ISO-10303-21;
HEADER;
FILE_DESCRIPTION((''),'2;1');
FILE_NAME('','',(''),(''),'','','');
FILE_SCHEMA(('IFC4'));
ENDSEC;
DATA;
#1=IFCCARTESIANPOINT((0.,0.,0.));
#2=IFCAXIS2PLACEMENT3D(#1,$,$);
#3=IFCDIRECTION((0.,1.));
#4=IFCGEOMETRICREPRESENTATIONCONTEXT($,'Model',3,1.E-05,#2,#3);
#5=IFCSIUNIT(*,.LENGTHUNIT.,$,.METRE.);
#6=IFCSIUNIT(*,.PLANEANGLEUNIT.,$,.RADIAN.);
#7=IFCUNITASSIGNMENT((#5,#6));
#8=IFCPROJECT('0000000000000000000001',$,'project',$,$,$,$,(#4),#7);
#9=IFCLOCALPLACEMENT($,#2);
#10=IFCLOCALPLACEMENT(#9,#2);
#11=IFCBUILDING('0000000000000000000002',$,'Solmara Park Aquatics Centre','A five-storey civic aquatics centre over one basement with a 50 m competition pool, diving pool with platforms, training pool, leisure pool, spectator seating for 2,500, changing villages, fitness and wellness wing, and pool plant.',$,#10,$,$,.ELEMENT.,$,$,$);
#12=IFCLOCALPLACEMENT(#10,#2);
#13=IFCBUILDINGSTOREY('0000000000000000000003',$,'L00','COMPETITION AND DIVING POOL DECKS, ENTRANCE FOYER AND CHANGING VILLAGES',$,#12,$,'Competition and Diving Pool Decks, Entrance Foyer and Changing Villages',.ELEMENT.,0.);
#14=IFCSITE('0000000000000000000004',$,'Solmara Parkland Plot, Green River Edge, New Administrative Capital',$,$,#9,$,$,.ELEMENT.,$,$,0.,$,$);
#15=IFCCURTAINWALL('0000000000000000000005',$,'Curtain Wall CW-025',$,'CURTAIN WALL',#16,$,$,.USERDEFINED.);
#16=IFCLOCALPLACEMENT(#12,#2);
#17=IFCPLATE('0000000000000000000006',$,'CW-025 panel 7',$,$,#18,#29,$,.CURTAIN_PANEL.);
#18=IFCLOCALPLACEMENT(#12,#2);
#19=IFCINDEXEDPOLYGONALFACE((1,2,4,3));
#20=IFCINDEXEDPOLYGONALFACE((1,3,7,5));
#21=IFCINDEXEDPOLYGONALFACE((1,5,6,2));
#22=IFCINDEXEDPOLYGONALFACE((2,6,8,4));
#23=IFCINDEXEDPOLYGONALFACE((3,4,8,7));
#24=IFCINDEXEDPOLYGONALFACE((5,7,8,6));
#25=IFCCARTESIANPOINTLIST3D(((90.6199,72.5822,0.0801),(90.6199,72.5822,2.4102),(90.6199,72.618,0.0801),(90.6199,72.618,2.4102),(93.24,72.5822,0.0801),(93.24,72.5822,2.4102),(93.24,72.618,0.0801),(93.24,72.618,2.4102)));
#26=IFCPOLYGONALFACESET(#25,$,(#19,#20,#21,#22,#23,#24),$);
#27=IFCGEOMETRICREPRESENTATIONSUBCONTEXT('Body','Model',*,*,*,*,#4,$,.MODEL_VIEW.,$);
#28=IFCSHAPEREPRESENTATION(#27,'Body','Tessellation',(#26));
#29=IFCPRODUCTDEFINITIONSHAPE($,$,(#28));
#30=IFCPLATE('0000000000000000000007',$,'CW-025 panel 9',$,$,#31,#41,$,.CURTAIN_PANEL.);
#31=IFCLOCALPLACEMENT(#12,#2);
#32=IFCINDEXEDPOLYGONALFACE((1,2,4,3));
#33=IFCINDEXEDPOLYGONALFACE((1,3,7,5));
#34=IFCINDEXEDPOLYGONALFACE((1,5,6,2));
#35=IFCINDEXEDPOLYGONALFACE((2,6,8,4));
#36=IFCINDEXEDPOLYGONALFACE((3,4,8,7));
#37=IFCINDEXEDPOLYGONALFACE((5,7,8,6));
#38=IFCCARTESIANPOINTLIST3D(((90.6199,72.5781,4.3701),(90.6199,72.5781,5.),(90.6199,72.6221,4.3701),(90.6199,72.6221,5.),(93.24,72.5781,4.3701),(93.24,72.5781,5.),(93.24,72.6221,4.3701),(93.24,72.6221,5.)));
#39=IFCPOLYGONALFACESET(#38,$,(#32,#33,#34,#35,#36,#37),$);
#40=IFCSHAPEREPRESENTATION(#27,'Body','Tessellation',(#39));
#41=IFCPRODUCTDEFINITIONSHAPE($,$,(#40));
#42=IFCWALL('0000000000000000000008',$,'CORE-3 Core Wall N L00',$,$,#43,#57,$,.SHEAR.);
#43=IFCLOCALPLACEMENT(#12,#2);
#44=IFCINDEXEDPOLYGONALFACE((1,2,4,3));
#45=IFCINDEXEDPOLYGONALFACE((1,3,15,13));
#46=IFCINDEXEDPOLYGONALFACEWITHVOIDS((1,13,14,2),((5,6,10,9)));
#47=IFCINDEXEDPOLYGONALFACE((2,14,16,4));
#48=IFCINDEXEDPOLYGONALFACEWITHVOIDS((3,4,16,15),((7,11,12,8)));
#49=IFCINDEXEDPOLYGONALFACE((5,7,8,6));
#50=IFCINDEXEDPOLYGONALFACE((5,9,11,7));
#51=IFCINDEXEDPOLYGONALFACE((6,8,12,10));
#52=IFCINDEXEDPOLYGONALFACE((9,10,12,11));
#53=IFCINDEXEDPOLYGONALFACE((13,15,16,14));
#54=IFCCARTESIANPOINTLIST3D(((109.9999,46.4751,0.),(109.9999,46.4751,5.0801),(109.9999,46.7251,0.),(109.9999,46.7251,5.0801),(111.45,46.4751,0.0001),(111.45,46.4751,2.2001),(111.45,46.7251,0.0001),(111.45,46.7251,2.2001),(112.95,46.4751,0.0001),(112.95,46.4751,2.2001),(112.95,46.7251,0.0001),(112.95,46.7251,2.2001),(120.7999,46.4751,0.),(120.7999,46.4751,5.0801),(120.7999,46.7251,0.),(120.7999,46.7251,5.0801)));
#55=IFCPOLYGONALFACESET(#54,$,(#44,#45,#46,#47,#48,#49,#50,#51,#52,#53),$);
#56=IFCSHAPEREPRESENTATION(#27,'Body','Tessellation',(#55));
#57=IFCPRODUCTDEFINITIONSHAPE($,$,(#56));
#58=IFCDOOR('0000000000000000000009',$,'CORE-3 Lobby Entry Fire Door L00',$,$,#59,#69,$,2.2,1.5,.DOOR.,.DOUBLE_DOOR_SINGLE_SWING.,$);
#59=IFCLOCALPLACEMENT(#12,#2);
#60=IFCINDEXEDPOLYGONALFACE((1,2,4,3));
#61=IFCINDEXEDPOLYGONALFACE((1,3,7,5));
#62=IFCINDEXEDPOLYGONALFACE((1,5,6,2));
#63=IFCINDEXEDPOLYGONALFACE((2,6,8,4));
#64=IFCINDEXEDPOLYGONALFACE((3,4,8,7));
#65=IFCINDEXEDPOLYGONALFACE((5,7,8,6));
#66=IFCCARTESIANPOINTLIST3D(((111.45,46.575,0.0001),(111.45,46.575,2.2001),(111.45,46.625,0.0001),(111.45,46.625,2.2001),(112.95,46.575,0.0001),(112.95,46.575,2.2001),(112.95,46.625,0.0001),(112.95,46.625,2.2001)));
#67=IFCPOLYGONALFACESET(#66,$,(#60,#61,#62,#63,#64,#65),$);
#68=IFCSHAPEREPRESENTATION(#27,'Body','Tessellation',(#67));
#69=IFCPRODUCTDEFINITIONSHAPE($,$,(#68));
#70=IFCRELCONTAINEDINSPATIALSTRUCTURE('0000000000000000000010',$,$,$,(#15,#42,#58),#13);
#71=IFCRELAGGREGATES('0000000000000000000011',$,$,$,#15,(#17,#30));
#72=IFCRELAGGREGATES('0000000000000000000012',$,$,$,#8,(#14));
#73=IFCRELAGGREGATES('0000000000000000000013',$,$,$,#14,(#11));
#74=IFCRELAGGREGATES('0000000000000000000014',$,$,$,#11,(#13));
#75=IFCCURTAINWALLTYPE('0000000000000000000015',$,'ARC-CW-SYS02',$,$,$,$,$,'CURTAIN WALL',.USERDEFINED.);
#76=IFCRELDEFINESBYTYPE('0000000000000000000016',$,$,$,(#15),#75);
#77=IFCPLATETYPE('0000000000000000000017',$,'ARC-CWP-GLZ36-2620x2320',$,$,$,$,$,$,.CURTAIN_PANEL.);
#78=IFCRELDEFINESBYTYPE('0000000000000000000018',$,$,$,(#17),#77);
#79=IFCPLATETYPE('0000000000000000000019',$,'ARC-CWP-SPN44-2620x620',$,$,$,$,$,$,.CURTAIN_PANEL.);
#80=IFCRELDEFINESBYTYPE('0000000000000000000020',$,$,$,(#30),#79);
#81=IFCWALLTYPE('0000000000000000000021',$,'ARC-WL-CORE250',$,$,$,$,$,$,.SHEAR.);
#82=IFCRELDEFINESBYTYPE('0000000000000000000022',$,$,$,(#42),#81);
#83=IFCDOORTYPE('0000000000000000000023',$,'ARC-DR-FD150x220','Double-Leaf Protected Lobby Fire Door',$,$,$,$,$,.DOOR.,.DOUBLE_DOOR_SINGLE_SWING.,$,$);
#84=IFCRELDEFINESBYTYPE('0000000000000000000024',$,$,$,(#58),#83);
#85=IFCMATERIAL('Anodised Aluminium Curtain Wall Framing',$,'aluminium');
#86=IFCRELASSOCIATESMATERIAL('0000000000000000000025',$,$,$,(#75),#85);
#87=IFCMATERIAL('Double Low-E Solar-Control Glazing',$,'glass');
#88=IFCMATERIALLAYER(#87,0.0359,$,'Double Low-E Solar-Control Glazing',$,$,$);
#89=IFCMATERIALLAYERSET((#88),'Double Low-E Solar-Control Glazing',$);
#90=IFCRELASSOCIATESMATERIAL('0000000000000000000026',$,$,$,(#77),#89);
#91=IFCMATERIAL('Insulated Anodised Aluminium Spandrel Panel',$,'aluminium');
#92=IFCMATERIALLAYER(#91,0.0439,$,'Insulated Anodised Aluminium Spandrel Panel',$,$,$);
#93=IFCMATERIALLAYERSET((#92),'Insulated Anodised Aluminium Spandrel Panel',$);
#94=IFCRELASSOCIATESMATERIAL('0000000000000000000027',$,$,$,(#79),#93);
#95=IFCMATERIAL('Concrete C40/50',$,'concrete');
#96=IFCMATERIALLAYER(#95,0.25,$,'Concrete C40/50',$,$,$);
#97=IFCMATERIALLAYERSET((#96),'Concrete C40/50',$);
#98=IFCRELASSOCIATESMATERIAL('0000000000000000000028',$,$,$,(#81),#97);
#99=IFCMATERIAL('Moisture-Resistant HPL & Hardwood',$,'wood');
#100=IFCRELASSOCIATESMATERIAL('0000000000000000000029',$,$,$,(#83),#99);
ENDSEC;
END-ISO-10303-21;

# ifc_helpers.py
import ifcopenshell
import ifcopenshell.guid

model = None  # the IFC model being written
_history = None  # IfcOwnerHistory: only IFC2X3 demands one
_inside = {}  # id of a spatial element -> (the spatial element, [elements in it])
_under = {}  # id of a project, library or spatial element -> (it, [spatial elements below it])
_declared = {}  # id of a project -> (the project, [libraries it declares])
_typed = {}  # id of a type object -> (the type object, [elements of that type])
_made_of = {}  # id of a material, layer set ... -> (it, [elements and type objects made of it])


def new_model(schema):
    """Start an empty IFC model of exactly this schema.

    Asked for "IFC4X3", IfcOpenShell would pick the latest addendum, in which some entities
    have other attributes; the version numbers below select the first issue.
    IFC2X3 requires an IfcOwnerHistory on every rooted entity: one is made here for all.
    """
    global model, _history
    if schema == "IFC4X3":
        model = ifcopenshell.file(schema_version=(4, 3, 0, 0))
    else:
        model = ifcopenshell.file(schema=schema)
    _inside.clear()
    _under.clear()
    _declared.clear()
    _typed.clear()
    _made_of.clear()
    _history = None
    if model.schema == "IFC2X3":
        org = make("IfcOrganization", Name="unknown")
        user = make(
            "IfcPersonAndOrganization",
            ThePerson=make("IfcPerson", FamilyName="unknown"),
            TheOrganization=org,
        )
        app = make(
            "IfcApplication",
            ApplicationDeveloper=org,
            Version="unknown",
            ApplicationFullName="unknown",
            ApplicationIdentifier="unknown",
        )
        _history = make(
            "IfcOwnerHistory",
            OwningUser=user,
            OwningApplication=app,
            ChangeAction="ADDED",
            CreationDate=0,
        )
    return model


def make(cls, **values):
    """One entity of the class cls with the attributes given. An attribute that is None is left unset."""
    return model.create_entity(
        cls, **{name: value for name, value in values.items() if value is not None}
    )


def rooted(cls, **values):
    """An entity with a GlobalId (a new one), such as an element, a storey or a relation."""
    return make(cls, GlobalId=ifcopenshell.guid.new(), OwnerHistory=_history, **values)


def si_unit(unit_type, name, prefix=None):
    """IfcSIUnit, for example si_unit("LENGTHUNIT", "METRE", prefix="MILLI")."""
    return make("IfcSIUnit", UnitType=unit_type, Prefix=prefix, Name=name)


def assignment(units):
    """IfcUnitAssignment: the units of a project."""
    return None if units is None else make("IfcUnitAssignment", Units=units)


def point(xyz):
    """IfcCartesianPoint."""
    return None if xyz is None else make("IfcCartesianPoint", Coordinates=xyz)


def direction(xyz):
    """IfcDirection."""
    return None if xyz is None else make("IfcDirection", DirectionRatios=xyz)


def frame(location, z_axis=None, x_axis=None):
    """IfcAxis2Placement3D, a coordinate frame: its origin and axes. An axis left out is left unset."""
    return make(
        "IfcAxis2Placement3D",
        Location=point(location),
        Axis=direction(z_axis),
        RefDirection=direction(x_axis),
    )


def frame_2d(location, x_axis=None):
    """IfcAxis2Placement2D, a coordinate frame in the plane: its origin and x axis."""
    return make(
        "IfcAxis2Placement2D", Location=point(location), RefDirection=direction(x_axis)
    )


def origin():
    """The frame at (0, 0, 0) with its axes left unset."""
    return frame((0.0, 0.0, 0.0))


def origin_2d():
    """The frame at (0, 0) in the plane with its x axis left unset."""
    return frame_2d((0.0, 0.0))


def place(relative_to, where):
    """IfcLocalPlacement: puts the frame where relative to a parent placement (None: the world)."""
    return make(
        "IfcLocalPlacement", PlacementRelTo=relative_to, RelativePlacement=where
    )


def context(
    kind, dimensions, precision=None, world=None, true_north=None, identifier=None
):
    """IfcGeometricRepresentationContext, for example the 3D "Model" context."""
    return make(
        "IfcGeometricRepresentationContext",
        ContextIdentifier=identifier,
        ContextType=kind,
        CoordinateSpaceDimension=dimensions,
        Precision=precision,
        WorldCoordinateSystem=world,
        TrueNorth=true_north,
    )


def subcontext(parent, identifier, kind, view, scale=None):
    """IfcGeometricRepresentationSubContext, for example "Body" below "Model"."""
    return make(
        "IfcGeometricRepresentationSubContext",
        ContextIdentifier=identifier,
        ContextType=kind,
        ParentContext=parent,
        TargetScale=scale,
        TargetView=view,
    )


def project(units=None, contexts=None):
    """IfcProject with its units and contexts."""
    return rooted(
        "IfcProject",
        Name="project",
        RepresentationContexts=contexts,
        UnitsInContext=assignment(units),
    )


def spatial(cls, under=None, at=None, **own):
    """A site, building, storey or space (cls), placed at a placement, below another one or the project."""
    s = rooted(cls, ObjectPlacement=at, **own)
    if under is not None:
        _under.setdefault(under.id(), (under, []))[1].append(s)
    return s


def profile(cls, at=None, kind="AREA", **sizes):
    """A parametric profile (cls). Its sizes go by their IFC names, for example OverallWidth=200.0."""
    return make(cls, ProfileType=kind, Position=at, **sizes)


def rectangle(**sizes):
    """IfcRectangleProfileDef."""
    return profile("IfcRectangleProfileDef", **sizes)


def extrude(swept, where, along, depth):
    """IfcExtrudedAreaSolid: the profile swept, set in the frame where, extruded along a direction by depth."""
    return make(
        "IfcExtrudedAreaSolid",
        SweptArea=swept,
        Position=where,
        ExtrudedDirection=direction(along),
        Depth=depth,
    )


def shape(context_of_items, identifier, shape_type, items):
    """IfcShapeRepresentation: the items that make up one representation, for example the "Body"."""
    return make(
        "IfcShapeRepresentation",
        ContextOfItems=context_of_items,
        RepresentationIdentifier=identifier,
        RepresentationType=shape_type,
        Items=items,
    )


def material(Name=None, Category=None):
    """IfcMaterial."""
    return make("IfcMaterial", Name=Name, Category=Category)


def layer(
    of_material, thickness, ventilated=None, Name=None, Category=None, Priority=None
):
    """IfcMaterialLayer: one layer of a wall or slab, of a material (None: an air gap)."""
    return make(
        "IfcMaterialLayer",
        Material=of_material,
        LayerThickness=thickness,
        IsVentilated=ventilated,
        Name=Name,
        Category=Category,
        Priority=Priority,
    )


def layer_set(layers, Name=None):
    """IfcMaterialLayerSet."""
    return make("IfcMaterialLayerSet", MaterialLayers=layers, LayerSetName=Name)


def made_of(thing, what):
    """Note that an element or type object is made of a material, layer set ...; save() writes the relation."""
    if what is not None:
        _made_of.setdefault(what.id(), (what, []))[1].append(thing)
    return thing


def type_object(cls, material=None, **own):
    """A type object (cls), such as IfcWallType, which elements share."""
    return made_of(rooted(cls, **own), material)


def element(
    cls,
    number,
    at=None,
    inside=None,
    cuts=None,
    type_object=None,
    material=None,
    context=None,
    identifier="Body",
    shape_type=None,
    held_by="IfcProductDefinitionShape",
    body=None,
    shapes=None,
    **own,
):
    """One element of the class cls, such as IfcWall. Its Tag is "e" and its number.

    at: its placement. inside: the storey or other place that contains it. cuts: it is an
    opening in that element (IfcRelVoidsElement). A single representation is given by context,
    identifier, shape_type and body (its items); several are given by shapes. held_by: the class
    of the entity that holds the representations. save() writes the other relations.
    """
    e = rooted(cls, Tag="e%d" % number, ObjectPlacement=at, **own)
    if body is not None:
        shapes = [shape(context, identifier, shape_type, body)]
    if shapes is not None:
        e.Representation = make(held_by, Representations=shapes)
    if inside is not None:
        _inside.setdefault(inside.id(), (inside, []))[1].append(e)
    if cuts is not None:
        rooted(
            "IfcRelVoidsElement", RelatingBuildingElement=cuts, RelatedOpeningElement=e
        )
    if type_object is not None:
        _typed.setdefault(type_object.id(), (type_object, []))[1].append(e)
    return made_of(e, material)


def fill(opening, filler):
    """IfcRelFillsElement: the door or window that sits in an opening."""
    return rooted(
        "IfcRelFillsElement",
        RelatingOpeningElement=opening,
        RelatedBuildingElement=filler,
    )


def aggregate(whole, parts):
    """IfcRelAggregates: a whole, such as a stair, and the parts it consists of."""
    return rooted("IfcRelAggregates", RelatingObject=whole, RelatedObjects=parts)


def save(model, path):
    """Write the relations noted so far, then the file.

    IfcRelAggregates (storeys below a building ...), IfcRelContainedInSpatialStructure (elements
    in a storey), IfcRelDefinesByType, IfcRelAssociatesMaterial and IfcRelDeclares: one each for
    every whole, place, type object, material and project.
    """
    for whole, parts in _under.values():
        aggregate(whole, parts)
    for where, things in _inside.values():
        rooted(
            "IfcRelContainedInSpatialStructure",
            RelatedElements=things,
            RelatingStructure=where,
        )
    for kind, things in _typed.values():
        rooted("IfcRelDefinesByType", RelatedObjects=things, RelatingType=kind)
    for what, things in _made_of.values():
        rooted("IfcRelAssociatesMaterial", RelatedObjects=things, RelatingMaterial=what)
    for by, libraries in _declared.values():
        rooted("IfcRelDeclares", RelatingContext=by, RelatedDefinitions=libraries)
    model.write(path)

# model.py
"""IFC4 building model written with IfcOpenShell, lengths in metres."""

from ifc_helpers import new_model, si_unit, direction, frame, frame_2d, origin, origin_2d, place, context, subcontext, project, spatial, rectangle, extrude, material, layer, layer_set, type_object, element, fill, aggregate, save


model = new_model("IFC4")

# Units and contexts
model_context = context("Model", 3, precision=1e-05, world=origin(), true_north=direction((0.0, 1.0)))
body_context = subcontext(model_context, "Body", "Model", "MODEL_VIEW")
ifc_project = project(units=[si_unit("LENGTHUNIT", "METRE"), si_unit("PLANEANGLEUNIT", "RADIAN")], contexts=[model_context])

# Site, building, storey
site_placement = place(None, origin())
site = spatial("IfcSite", under=ifc_project, at=site_placement, Name="Solmara Parkland Plot, Green River Edge, New Administrative Capital", CompositionType="ELEMENT", RefElevation=0.0)
building_placement = place(site_placement, origin())
building = spatial("IfcBuilding", under=site, at=building_placement, Name="Solmara Park Aquatics Centre", Description="A five-storey civic aquatics centre over one basement with a 50 m competition pool, diving pool with platforms, training pool, leisure pool, spectator seating for 2,500, changing villages, fitness and wellness wing, and pool plant.", CompositionType="ELEMENT")
storey_placement = place(building_placement, origin())
storey = spatial("IfcBuildingStorey", under=building, at=storey_placement, Name="L00", Description="COMPETITION AND DIVING POOL DECKS, ENTRANCE FOYER AND CHANGING VILLAGES", LongName="Competition and Diving Pool Decks, Entrance Foyer and Changing Villages", CompositionType="ELEMENT", Elevation=0.0)

# Shared definitions
ifc_material_1 = material(Name="Concrete C40/50", Category="concrete")

# Curtain wall
ifc_material_2 = material(Name="Anodised Aluminium Curtain Wall Framing", Category="aluminium")
curtain_wall_type = type_object("IfcCurtainWallType", Name="ARC-CW-SYS02", ElementType="CURTAIN WALL", PredefinedType="USERDEFINED", material=ifc_material_2)
curtain_wall_placement = place(storey_placement, origin())
curtain_wall = element("IfcCurtainWall", 1, at=curtain_wall_placement, inside=storey, type_object=curtain_wall_type, Name="Curtain Wall CW-025", ObjectType="CURTAIN WALL", PredefinedType="USERDEFINED")

# Plates
ifc_material_3 = material(Name="Double Low-E Solar-Control Glazing", Category="glass")
ifc_layer_1 = layer(ifc_material_3, 0.0359, Name="Double Low-E Solar-Control Glazing")
ifc_layer_set_1 = layer_set([ifc_layer_1], Name="Double Low-E Solar-Control Glazing")
plate_type_1 = type_object("IfcPlateType", Name="ARC-CWP-GLZ36-2620x2320", PredefinedType="CURTAIN_PANEL", material=ifc_layer_set_1)
plate_1_placement = place(storey_placement, frame((91.9299, 72.6001, 0.0801), z_axis=(0.0, 0.0, 1.0), x_axis=(1.0, 0.0, 0.0)))
plate_1 = element("IfcPlate", 2, at=plate_1_placement, type_object=plate_type_1, Name="CW-025 panel 7", PredefinedType="CURTAIN_PANEL", context=body_context, shape_type="SweptSolid", body=[
    extrude(rectangle(XDim=2.6201, YDim=0.0359, at=origin_2d()), origin(), (0.0, 0.0, 1.0), 2.3301),
])
ifc_material_4 = material(Name="Insulated Anodised Aluminium Spandrel Panel", Category="aluminium")
ifc_layer_2 = layer(ifc_material_4, 0.0439, Name="Insulated Anodised Aluminium Spandrel Panel")
ifc_layer_set_2 = layer_set([ifc_layer_2], Name="Insulated Anodised Aluminium Spandrel Panel")
plate_type_2 = type_object("IfcPlateType", Name="ARC-CWP-SPN44-2620x620", PredefinedType="CURTAIN_PANEL", material=ifc_layer_set_2)
plate_2_placement = place(storey_placement, frame((91.9299, 72.6001, 4.3701), z_axis=(0.0, 0.0, 1.0), x_axis=(1.0, 0.0, 0.0)))
plate_2 = element("IfcPlate", 3, at=plate_2_placement, type_object=plate_type_2, Name="CW-025 panel 9", PredefinedType="CURTAIN_PANEL", context=body_context, shape_type="SweptSolid", body=[
    extrude(rectangle(XDim=2.6201, YDim=0.0439, at=origin_2d()), origin(), (0.0, 0.0, 1.0), 0.6299),
])
aggregate(curtain_wall, [plate_1, plate_2])

# Wall, opening, door
ifc_layer_3 = layer(ifc_material_1, 0.25, Name="Concrete C40/50")
ifc_layer_set_3 = layer_set([ifc_layer_3], Name="Concrete C40/50")
wall_type_1 = type_object("IfcWallType", Name="ARC-WL-CORE250", PredefinedType="SHEAR", material=ifc_layer_set_3)
wall_1_placement = place(storey_placement, frame((110.0, 46.6001, 0.0), z_axis=(0.0, 0.0, 1.0), x_axis=(1.0, 0.0, 0.0)))
wall_1 = element("IfcWall", 4, at=wall_1_placement, inside=storey, type_object=wall_type_1, Name="CORE-3 Core Wall N L00", PredefinedType="SHEAR", context=body_context, shape_type="SweptSolid", body=[
    extrude(rectangle(XDim=10.8, YDim=0.25, at=frame_2d((5.3999, 0.0))), origin(), (0.0, 0.0, 1.0), 5.0801),
])
opening_1_placement = place(wall_1_placement, frame((1.45, 0.0, 0.0)))
opening_1 = element("IfcOpeningElement", 5, at=opening_1_placement, cuts=wall_1, PredefinedType="OPENING", context=body_context, shape_type="SweptSolid", body=[
    extrude(rectangle(XDim=1.5, YDim=2.2, at=frame_2d((0.75, 1.1001))), frame((0.0, 0.135, 0.0), z_axis=(0.0, -1.0, 0.0), x_axis=(1.0, 0.0, 0.0)), (0.0, 0.0, 1.0), 0.27),
])
ifc_material_5 = material(Name="Moisture-Resistant HPL & Hardwood", Category="wood")
door_type_1 = type_object("IfcDoorType", Name="ARC-DR-FD150x220", Description="Double-Leaf Protected Lobby Fire Door", OperationType="DOUBLE_DOOR_SINGLE_SWING", PredefinedType="DOOR", material=ifc_material_5)
door_1_placement = place(opening_1_placement, origin())
door_1 = element("IfcDoor", 6, at=door_1_placement, inside=storey, type_object=door_type_1, Name="CORE-3 Lobby Entry Fire Door L00", OperationType="DOUBLE_DOOR_SINGLE_SWING", OverallHeight=2.2, OverallWidth=1.5, PredefinedType="DOOR", context=body_context, shape_type="SweptSolid", body=[
    extrude(rectangle(XDim=1.5, YDim=2.2, at=frame_2d((0.75, 1.1001))), frame((0.0, 0.0249, 0.0), z_axis=(0.0, -1.0, 0.0), x_axis=(1.0, 0.0, 0.0)), (0.0, 0.0, 1.0), 0.05),
])
fill(opening_1, door_1)

save(model, "model.ifc")
